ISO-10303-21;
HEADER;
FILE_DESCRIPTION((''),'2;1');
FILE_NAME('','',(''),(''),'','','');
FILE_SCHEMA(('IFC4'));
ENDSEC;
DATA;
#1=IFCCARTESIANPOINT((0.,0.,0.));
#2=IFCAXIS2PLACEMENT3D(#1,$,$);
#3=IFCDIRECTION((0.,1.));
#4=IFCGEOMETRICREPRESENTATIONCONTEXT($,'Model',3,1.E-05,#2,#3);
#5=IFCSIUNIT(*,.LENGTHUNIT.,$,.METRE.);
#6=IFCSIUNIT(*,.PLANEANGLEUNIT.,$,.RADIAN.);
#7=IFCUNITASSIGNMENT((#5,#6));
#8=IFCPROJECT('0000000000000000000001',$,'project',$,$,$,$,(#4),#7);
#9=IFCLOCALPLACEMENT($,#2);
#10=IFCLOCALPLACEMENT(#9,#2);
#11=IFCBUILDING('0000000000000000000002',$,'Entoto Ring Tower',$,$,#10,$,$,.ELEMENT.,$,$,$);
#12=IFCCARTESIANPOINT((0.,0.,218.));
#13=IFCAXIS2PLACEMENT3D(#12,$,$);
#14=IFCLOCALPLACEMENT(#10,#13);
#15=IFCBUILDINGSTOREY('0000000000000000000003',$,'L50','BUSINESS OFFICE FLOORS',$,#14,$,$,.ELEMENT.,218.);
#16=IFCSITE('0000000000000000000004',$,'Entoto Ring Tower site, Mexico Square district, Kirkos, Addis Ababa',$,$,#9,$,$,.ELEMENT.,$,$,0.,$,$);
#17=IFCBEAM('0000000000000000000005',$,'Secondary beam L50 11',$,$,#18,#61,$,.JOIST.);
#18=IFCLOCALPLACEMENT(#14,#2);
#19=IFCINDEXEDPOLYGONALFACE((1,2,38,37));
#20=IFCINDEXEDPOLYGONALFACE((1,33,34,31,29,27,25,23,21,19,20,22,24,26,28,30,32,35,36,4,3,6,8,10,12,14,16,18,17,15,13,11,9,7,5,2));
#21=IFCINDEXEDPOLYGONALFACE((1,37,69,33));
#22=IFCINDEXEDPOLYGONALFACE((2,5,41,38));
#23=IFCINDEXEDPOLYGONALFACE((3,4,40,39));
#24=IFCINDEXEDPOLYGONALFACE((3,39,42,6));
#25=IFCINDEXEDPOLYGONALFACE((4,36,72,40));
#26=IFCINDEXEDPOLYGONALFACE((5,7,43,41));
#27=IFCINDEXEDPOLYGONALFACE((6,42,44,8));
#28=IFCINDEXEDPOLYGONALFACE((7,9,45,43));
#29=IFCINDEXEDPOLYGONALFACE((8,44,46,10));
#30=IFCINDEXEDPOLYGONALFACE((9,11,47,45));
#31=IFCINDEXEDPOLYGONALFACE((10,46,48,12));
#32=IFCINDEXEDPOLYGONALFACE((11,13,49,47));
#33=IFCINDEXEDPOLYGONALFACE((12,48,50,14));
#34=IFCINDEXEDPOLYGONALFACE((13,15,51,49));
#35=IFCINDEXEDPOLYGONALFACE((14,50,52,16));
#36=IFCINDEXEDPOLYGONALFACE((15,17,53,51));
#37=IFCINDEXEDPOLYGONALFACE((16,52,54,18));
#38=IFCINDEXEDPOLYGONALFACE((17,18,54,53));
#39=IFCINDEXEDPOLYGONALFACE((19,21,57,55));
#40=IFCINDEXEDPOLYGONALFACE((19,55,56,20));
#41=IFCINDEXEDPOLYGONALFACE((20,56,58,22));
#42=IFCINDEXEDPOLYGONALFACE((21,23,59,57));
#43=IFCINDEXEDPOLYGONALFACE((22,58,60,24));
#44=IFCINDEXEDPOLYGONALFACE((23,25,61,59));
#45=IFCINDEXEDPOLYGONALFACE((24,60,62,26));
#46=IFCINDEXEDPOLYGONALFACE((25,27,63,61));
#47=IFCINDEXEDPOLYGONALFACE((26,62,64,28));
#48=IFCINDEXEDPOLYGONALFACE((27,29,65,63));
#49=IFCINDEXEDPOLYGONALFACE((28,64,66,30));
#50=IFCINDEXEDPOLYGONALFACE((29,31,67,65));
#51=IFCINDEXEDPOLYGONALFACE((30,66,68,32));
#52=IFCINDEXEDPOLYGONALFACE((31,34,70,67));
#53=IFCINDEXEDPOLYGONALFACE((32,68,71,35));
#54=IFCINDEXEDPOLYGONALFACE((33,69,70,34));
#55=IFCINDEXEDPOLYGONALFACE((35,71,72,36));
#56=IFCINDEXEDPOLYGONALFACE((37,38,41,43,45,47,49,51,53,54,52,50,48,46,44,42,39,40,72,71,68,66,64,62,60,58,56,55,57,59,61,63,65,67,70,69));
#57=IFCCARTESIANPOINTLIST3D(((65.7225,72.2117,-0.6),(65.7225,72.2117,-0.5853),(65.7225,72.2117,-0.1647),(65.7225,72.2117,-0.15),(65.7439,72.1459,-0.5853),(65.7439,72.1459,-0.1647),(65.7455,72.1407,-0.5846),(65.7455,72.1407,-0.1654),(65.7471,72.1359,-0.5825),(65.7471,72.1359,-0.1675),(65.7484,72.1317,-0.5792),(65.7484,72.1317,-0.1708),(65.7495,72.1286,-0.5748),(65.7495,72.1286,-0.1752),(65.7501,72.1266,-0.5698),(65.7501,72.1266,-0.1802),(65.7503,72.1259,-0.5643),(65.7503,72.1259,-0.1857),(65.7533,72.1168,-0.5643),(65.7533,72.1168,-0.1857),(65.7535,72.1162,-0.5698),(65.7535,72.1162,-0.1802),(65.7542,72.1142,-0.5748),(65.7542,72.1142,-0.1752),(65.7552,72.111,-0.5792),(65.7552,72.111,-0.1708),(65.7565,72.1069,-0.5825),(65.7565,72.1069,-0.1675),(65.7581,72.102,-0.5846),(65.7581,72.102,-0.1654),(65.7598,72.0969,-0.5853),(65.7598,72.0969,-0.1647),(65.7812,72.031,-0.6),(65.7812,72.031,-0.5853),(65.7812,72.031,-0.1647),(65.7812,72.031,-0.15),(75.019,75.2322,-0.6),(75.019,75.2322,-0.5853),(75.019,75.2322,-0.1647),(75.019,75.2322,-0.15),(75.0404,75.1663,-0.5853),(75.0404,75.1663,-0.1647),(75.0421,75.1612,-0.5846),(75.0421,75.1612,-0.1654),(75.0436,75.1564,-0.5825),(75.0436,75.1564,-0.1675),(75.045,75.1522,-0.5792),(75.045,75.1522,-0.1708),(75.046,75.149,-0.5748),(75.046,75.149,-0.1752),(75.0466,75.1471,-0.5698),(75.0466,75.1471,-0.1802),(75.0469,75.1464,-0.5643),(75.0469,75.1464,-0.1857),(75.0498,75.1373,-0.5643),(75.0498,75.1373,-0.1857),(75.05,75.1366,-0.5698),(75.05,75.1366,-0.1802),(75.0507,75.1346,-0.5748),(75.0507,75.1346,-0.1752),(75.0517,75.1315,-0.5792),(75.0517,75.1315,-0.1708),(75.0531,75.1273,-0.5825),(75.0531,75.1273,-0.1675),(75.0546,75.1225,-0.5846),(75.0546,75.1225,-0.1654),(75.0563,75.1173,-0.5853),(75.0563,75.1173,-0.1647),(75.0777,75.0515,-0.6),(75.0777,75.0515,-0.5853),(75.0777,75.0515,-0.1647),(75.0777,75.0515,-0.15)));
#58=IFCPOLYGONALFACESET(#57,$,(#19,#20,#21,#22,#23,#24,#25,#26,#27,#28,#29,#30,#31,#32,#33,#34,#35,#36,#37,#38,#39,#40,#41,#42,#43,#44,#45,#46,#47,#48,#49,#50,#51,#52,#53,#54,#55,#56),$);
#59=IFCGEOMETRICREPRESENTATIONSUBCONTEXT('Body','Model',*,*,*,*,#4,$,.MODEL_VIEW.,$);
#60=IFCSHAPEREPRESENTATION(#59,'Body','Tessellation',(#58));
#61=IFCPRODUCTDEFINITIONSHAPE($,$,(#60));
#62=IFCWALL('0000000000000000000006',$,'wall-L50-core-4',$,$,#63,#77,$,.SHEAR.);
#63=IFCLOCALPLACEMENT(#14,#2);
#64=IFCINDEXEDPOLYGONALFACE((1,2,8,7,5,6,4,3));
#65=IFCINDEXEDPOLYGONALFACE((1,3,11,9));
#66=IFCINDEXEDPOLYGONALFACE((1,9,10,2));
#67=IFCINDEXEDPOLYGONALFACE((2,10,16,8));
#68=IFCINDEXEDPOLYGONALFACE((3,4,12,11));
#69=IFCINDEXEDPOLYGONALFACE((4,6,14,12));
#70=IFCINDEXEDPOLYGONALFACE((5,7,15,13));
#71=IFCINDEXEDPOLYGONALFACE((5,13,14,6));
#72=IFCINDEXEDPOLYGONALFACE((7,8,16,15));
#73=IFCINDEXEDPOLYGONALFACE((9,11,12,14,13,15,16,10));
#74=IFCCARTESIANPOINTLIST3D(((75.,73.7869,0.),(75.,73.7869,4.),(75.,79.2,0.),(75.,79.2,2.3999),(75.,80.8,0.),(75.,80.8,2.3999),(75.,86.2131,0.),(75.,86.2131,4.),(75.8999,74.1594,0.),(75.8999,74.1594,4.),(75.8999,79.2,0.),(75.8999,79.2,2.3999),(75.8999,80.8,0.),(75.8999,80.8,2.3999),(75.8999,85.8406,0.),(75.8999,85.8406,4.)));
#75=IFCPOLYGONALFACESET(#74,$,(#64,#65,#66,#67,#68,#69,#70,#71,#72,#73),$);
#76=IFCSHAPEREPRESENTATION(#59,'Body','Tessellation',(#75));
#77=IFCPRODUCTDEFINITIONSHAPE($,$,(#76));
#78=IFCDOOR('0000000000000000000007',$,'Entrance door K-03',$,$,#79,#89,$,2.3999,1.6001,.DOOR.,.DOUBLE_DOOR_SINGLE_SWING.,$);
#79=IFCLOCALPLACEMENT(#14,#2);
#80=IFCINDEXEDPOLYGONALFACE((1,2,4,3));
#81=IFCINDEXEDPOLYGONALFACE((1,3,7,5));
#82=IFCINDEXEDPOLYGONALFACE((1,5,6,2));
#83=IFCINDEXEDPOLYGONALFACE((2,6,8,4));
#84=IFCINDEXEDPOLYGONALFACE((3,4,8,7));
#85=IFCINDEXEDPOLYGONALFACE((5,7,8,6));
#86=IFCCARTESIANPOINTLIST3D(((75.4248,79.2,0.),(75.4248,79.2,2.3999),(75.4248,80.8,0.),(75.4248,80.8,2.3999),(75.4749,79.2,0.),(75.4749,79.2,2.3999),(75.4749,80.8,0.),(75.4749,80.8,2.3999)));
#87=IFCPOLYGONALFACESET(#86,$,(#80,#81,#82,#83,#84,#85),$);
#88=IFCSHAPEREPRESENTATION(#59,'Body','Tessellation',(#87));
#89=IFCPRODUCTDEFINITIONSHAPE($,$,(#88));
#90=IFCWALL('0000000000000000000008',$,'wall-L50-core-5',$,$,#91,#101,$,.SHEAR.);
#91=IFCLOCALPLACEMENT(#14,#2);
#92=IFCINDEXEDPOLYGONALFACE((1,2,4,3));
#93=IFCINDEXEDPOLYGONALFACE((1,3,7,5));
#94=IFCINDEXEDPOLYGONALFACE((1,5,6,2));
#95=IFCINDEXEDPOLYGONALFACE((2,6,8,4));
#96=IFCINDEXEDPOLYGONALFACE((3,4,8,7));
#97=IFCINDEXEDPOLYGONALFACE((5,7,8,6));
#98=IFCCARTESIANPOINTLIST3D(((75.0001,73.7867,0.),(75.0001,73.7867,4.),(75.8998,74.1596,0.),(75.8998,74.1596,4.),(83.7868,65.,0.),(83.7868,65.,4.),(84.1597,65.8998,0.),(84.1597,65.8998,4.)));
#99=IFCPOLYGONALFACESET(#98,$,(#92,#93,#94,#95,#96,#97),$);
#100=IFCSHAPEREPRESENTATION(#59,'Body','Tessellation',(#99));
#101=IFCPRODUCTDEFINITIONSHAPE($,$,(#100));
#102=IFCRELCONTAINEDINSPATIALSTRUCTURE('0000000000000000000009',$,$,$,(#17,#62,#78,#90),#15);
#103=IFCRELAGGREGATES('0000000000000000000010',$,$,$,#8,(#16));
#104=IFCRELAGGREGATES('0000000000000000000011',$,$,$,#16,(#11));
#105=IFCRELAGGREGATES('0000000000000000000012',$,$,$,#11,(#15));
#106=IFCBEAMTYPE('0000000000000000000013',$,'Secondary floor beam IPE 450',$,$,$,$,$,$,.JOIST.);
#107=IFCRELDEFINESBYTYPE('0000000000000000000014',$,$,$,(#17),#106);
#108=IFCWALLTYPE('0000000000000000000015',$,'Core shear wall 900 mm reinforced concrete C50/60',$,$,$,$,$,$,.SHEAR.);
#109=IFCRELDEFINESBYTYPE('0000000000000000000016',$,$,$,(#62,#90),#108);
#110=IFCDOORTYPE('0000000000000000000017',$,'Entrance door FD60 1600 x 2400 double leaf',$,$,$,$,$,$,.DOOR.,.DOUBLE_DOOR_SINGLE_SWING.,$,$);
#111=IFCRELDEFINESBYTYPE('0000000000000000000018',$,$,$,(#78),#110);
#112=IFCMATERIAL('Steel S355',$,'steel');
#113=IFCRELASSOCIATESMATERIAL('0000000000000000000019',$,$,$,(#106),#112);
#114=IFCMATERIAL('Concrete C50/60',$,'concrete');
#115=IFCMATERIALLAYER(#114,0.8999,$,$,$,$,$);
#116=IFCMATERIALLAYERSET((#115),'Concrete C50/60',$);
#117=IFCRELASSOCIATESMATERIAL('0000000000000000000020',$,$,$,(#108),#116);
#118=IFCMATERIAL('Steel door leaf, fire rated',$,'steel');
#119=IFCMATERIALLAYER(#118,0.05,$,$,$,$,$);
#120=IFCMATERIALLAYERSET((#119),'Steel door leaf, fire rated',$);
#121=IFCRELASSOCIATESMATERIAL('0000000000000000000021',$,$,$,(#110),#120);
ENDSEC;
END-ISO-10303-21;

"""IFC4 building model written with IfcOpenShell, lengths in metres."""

from ifc_helpers import new_model, si_unit, direction, frame, frame_2d, origin, origin_2d, place, context, subcontext, project, spatial, polyline, rectangle, i_section, outline, extrude, material, layer, layer_set, material_profile, profile_set, type_object, element, fill, save


model = new_model("IFC4")

# Units and contexts
model_context = context("Model", 3, precision=1e-05, world=origin(), true_north=direction((0.0, 1.0)))
body_context = subcontext(model_context, "Body", "Model", "MODEL_VIEW")
ifc_project = project(units=[si_unit("LENGTHUNIT", "METRE"), si_unit("PLANEANGLEUNIT", "RADIAN")], contexts=[model_context])

# Site, building, storey
site_placement = place(None, origin())
site = spatial("IfcSite", under=ifc_project, at=site_placement, Name="Entoto Ring Tower site, Mexico Square district, Kirkos, Addis Ababa", CompositionType="ELEMENT", RefElevation=0.0)
building_placement = place(site_placement, origin())
building = spatial("IfcBuilding", under=site, at=building_placement, Name="Entoto Ring Tower", CompositionType="ELEMENT")
storey_placement = place(building_placement, frame((0.0, 0.0, 218.0)))
storey = spatial("IfcBuildingStorey", under=building, at=storey_placement, Name="L50", Description="BUSINESS OFFICE FLOORS", CompositionType="ELEMENT", Elevation=218.0)

# Beam
ifc_material_1 = material(Name="Steel S355", Category="steel")
ifc_material_profile_1 = material_profile(ifc_material_1, i_section(OverallWidth=0.1899, OverallDepth=0.45, WebThickness=0.0095, FlangeThickness=0.0146, FilletRadius=0.021, at=origin_2d()), Name="IPE 450")
ifc_profile_set_1 = profile_set([ifc_material_profile_1], Name="Steel S355")
beam_type_1 = type_object("IfcBeamType", Name="Secondary floor beam IPE 450", PredefinedType="JOIST", material=ifc_profile_set_1)
beam_1_placement = place(storey_placement, frame((75.0483, 75.1418, -0.375), z_axis=(-0.951061, -0.309003, 0.0), x_axis=(0.309003, -0.951061, 0.0)))
element("IfcBeam", 1, at=beam_1_placement, inside=storey, type_object=beam_type_1, Name="Secondary beam L50 11", PredefinedType="JOIST", context=body_context, shape_type="SweptSolid", body=[
    extrude(i_section(OverallWidth=0.1899, OverallDepth=0.45, WebThickness=0.0095, FlangeThickness=0.0146, FilletRadius=0.021, at=origin_2d()), origin(), (0.0, 0.0, 1.0), 9.7749),
])

# Wall, opening, door
ifc_material_2 = material(Name="Concrete C50/60", Category="concrete")
ifc_layer_1 = layer(ifc_material_2, 0.8999)
ifc_layer_set_1 = layer_set([ifc_layer_1], Name="Concrete C50/60")
wall_type = type_object("IfcWallType", Name="Core shear wall 900 mm reinforced concrete C50/60", PredefinedType="SHEAR", material=ifc_layer_set_1)
wall_1_placement = place(storey_placement, frame((75.45, 86.0269, 0.0), z_axis=(0.0, 0.0, 1.0), x_axis=(0.0, -1.0, 0.0)))
wall_1 = element("IfcWall", 2, at=wall_1_placement, inside=storey, type_object=wall_type, Name="wall-L50-core-4", PredefinedType="SHEAR", context=body_context, shape_type="SweptSolid", body=[
    extrude(outline(polyline([(-0.1863, -0.45), (12.24, -0.45), (11.8674, 0.45), (0.1863, 0.45), (-0.1863, -0.45)])), origin(), (0.0, 0.0, 1.0), 4.0),
])
opening_placement = place(wall_1_placement, frame((5.2268, 0.0, 0.0)))
opening = element("IfcOpeningElement", 3, at=opening_placement, cuts=wall_1, PredefinedType="OPENING", context=body_context, shape_type="SweptSolid", body=[
    extrude(rectangle(XDim=1.6001, YDim=2.3999, at=frame_2d((0.8, 1.2))), frame((0.0, 0.46, 0.0), z_axis=(0.0, -1.0, 0.0), x_axis=(1.0, 0.0, 0.0)), (0.0, 0.0, 1.0), 0.9199),
])
ifc_material_3 = material(Name="Steel door leaf, fire rated", Category="steel")
ifc_layer_2 = layer(ifc_material_3, 0.05)
ifc_layer_set_2 = layer_set([ifc_layer_2], Name="Steel door leaf, fire rated")
door_type = type_object("IfcDoorType", Name="Entrance door FD60 1600 x 2400 double leaf", OperationType="DOUBLE_DOOR_SINGLE_SWING", PredefinedType="DOOR", material=ifc_layer_set_2)
door_placement = place(opening_placement, origin())
door = element("IfcDoor", 4, at=door_placement, inside=storey, type_object=door_type, Name="Entrance door K-03", OperationType="DOUBLE_DOOR_SINGLE_SWING", OverallHeight=2.3999, OverallWidth=1.6001, PredefinedType="DOOR", context=body_context, shape_type="SweptSolid", body=[
    extrude(rectangle(XDim=1.6001, YDim=2.3999, at=frame_2d((0.8, 1.2))), frame((0.0, 0.0249, 0.0), z_axis=(0.0, -1.0, 0.0), x_axis=(1.0, 0.0, 0.0)), (0.0, 0.0, 1.0), 0.05),
])
fill(opening, door)

# Wall
wall_2_placement = place(storey_placement, frame((75.45, 73.9731, 0.0), z_axis=(0.0, 0.0, 1.0), x_axis=(0.707107, -0.707107, 0.0)))
element("IfcWall", 5, at=wall_2_placement, inside=storey, type_object=wall_type, Name="wall-L50-core-5", PredefinedType="SHEAR", context=body_context, shape_type="SweptSolid", body=[
    extrude(outline(polyline([(-0.1863, -0.45), (12.24, -0.45), (11.8674, 0.45), (0.1863, 0.45), (-0.1863, -0.45)])), origin(), (0.0, 0.0, 1.0), 4.0),
])

save(model, "model.ifc")
